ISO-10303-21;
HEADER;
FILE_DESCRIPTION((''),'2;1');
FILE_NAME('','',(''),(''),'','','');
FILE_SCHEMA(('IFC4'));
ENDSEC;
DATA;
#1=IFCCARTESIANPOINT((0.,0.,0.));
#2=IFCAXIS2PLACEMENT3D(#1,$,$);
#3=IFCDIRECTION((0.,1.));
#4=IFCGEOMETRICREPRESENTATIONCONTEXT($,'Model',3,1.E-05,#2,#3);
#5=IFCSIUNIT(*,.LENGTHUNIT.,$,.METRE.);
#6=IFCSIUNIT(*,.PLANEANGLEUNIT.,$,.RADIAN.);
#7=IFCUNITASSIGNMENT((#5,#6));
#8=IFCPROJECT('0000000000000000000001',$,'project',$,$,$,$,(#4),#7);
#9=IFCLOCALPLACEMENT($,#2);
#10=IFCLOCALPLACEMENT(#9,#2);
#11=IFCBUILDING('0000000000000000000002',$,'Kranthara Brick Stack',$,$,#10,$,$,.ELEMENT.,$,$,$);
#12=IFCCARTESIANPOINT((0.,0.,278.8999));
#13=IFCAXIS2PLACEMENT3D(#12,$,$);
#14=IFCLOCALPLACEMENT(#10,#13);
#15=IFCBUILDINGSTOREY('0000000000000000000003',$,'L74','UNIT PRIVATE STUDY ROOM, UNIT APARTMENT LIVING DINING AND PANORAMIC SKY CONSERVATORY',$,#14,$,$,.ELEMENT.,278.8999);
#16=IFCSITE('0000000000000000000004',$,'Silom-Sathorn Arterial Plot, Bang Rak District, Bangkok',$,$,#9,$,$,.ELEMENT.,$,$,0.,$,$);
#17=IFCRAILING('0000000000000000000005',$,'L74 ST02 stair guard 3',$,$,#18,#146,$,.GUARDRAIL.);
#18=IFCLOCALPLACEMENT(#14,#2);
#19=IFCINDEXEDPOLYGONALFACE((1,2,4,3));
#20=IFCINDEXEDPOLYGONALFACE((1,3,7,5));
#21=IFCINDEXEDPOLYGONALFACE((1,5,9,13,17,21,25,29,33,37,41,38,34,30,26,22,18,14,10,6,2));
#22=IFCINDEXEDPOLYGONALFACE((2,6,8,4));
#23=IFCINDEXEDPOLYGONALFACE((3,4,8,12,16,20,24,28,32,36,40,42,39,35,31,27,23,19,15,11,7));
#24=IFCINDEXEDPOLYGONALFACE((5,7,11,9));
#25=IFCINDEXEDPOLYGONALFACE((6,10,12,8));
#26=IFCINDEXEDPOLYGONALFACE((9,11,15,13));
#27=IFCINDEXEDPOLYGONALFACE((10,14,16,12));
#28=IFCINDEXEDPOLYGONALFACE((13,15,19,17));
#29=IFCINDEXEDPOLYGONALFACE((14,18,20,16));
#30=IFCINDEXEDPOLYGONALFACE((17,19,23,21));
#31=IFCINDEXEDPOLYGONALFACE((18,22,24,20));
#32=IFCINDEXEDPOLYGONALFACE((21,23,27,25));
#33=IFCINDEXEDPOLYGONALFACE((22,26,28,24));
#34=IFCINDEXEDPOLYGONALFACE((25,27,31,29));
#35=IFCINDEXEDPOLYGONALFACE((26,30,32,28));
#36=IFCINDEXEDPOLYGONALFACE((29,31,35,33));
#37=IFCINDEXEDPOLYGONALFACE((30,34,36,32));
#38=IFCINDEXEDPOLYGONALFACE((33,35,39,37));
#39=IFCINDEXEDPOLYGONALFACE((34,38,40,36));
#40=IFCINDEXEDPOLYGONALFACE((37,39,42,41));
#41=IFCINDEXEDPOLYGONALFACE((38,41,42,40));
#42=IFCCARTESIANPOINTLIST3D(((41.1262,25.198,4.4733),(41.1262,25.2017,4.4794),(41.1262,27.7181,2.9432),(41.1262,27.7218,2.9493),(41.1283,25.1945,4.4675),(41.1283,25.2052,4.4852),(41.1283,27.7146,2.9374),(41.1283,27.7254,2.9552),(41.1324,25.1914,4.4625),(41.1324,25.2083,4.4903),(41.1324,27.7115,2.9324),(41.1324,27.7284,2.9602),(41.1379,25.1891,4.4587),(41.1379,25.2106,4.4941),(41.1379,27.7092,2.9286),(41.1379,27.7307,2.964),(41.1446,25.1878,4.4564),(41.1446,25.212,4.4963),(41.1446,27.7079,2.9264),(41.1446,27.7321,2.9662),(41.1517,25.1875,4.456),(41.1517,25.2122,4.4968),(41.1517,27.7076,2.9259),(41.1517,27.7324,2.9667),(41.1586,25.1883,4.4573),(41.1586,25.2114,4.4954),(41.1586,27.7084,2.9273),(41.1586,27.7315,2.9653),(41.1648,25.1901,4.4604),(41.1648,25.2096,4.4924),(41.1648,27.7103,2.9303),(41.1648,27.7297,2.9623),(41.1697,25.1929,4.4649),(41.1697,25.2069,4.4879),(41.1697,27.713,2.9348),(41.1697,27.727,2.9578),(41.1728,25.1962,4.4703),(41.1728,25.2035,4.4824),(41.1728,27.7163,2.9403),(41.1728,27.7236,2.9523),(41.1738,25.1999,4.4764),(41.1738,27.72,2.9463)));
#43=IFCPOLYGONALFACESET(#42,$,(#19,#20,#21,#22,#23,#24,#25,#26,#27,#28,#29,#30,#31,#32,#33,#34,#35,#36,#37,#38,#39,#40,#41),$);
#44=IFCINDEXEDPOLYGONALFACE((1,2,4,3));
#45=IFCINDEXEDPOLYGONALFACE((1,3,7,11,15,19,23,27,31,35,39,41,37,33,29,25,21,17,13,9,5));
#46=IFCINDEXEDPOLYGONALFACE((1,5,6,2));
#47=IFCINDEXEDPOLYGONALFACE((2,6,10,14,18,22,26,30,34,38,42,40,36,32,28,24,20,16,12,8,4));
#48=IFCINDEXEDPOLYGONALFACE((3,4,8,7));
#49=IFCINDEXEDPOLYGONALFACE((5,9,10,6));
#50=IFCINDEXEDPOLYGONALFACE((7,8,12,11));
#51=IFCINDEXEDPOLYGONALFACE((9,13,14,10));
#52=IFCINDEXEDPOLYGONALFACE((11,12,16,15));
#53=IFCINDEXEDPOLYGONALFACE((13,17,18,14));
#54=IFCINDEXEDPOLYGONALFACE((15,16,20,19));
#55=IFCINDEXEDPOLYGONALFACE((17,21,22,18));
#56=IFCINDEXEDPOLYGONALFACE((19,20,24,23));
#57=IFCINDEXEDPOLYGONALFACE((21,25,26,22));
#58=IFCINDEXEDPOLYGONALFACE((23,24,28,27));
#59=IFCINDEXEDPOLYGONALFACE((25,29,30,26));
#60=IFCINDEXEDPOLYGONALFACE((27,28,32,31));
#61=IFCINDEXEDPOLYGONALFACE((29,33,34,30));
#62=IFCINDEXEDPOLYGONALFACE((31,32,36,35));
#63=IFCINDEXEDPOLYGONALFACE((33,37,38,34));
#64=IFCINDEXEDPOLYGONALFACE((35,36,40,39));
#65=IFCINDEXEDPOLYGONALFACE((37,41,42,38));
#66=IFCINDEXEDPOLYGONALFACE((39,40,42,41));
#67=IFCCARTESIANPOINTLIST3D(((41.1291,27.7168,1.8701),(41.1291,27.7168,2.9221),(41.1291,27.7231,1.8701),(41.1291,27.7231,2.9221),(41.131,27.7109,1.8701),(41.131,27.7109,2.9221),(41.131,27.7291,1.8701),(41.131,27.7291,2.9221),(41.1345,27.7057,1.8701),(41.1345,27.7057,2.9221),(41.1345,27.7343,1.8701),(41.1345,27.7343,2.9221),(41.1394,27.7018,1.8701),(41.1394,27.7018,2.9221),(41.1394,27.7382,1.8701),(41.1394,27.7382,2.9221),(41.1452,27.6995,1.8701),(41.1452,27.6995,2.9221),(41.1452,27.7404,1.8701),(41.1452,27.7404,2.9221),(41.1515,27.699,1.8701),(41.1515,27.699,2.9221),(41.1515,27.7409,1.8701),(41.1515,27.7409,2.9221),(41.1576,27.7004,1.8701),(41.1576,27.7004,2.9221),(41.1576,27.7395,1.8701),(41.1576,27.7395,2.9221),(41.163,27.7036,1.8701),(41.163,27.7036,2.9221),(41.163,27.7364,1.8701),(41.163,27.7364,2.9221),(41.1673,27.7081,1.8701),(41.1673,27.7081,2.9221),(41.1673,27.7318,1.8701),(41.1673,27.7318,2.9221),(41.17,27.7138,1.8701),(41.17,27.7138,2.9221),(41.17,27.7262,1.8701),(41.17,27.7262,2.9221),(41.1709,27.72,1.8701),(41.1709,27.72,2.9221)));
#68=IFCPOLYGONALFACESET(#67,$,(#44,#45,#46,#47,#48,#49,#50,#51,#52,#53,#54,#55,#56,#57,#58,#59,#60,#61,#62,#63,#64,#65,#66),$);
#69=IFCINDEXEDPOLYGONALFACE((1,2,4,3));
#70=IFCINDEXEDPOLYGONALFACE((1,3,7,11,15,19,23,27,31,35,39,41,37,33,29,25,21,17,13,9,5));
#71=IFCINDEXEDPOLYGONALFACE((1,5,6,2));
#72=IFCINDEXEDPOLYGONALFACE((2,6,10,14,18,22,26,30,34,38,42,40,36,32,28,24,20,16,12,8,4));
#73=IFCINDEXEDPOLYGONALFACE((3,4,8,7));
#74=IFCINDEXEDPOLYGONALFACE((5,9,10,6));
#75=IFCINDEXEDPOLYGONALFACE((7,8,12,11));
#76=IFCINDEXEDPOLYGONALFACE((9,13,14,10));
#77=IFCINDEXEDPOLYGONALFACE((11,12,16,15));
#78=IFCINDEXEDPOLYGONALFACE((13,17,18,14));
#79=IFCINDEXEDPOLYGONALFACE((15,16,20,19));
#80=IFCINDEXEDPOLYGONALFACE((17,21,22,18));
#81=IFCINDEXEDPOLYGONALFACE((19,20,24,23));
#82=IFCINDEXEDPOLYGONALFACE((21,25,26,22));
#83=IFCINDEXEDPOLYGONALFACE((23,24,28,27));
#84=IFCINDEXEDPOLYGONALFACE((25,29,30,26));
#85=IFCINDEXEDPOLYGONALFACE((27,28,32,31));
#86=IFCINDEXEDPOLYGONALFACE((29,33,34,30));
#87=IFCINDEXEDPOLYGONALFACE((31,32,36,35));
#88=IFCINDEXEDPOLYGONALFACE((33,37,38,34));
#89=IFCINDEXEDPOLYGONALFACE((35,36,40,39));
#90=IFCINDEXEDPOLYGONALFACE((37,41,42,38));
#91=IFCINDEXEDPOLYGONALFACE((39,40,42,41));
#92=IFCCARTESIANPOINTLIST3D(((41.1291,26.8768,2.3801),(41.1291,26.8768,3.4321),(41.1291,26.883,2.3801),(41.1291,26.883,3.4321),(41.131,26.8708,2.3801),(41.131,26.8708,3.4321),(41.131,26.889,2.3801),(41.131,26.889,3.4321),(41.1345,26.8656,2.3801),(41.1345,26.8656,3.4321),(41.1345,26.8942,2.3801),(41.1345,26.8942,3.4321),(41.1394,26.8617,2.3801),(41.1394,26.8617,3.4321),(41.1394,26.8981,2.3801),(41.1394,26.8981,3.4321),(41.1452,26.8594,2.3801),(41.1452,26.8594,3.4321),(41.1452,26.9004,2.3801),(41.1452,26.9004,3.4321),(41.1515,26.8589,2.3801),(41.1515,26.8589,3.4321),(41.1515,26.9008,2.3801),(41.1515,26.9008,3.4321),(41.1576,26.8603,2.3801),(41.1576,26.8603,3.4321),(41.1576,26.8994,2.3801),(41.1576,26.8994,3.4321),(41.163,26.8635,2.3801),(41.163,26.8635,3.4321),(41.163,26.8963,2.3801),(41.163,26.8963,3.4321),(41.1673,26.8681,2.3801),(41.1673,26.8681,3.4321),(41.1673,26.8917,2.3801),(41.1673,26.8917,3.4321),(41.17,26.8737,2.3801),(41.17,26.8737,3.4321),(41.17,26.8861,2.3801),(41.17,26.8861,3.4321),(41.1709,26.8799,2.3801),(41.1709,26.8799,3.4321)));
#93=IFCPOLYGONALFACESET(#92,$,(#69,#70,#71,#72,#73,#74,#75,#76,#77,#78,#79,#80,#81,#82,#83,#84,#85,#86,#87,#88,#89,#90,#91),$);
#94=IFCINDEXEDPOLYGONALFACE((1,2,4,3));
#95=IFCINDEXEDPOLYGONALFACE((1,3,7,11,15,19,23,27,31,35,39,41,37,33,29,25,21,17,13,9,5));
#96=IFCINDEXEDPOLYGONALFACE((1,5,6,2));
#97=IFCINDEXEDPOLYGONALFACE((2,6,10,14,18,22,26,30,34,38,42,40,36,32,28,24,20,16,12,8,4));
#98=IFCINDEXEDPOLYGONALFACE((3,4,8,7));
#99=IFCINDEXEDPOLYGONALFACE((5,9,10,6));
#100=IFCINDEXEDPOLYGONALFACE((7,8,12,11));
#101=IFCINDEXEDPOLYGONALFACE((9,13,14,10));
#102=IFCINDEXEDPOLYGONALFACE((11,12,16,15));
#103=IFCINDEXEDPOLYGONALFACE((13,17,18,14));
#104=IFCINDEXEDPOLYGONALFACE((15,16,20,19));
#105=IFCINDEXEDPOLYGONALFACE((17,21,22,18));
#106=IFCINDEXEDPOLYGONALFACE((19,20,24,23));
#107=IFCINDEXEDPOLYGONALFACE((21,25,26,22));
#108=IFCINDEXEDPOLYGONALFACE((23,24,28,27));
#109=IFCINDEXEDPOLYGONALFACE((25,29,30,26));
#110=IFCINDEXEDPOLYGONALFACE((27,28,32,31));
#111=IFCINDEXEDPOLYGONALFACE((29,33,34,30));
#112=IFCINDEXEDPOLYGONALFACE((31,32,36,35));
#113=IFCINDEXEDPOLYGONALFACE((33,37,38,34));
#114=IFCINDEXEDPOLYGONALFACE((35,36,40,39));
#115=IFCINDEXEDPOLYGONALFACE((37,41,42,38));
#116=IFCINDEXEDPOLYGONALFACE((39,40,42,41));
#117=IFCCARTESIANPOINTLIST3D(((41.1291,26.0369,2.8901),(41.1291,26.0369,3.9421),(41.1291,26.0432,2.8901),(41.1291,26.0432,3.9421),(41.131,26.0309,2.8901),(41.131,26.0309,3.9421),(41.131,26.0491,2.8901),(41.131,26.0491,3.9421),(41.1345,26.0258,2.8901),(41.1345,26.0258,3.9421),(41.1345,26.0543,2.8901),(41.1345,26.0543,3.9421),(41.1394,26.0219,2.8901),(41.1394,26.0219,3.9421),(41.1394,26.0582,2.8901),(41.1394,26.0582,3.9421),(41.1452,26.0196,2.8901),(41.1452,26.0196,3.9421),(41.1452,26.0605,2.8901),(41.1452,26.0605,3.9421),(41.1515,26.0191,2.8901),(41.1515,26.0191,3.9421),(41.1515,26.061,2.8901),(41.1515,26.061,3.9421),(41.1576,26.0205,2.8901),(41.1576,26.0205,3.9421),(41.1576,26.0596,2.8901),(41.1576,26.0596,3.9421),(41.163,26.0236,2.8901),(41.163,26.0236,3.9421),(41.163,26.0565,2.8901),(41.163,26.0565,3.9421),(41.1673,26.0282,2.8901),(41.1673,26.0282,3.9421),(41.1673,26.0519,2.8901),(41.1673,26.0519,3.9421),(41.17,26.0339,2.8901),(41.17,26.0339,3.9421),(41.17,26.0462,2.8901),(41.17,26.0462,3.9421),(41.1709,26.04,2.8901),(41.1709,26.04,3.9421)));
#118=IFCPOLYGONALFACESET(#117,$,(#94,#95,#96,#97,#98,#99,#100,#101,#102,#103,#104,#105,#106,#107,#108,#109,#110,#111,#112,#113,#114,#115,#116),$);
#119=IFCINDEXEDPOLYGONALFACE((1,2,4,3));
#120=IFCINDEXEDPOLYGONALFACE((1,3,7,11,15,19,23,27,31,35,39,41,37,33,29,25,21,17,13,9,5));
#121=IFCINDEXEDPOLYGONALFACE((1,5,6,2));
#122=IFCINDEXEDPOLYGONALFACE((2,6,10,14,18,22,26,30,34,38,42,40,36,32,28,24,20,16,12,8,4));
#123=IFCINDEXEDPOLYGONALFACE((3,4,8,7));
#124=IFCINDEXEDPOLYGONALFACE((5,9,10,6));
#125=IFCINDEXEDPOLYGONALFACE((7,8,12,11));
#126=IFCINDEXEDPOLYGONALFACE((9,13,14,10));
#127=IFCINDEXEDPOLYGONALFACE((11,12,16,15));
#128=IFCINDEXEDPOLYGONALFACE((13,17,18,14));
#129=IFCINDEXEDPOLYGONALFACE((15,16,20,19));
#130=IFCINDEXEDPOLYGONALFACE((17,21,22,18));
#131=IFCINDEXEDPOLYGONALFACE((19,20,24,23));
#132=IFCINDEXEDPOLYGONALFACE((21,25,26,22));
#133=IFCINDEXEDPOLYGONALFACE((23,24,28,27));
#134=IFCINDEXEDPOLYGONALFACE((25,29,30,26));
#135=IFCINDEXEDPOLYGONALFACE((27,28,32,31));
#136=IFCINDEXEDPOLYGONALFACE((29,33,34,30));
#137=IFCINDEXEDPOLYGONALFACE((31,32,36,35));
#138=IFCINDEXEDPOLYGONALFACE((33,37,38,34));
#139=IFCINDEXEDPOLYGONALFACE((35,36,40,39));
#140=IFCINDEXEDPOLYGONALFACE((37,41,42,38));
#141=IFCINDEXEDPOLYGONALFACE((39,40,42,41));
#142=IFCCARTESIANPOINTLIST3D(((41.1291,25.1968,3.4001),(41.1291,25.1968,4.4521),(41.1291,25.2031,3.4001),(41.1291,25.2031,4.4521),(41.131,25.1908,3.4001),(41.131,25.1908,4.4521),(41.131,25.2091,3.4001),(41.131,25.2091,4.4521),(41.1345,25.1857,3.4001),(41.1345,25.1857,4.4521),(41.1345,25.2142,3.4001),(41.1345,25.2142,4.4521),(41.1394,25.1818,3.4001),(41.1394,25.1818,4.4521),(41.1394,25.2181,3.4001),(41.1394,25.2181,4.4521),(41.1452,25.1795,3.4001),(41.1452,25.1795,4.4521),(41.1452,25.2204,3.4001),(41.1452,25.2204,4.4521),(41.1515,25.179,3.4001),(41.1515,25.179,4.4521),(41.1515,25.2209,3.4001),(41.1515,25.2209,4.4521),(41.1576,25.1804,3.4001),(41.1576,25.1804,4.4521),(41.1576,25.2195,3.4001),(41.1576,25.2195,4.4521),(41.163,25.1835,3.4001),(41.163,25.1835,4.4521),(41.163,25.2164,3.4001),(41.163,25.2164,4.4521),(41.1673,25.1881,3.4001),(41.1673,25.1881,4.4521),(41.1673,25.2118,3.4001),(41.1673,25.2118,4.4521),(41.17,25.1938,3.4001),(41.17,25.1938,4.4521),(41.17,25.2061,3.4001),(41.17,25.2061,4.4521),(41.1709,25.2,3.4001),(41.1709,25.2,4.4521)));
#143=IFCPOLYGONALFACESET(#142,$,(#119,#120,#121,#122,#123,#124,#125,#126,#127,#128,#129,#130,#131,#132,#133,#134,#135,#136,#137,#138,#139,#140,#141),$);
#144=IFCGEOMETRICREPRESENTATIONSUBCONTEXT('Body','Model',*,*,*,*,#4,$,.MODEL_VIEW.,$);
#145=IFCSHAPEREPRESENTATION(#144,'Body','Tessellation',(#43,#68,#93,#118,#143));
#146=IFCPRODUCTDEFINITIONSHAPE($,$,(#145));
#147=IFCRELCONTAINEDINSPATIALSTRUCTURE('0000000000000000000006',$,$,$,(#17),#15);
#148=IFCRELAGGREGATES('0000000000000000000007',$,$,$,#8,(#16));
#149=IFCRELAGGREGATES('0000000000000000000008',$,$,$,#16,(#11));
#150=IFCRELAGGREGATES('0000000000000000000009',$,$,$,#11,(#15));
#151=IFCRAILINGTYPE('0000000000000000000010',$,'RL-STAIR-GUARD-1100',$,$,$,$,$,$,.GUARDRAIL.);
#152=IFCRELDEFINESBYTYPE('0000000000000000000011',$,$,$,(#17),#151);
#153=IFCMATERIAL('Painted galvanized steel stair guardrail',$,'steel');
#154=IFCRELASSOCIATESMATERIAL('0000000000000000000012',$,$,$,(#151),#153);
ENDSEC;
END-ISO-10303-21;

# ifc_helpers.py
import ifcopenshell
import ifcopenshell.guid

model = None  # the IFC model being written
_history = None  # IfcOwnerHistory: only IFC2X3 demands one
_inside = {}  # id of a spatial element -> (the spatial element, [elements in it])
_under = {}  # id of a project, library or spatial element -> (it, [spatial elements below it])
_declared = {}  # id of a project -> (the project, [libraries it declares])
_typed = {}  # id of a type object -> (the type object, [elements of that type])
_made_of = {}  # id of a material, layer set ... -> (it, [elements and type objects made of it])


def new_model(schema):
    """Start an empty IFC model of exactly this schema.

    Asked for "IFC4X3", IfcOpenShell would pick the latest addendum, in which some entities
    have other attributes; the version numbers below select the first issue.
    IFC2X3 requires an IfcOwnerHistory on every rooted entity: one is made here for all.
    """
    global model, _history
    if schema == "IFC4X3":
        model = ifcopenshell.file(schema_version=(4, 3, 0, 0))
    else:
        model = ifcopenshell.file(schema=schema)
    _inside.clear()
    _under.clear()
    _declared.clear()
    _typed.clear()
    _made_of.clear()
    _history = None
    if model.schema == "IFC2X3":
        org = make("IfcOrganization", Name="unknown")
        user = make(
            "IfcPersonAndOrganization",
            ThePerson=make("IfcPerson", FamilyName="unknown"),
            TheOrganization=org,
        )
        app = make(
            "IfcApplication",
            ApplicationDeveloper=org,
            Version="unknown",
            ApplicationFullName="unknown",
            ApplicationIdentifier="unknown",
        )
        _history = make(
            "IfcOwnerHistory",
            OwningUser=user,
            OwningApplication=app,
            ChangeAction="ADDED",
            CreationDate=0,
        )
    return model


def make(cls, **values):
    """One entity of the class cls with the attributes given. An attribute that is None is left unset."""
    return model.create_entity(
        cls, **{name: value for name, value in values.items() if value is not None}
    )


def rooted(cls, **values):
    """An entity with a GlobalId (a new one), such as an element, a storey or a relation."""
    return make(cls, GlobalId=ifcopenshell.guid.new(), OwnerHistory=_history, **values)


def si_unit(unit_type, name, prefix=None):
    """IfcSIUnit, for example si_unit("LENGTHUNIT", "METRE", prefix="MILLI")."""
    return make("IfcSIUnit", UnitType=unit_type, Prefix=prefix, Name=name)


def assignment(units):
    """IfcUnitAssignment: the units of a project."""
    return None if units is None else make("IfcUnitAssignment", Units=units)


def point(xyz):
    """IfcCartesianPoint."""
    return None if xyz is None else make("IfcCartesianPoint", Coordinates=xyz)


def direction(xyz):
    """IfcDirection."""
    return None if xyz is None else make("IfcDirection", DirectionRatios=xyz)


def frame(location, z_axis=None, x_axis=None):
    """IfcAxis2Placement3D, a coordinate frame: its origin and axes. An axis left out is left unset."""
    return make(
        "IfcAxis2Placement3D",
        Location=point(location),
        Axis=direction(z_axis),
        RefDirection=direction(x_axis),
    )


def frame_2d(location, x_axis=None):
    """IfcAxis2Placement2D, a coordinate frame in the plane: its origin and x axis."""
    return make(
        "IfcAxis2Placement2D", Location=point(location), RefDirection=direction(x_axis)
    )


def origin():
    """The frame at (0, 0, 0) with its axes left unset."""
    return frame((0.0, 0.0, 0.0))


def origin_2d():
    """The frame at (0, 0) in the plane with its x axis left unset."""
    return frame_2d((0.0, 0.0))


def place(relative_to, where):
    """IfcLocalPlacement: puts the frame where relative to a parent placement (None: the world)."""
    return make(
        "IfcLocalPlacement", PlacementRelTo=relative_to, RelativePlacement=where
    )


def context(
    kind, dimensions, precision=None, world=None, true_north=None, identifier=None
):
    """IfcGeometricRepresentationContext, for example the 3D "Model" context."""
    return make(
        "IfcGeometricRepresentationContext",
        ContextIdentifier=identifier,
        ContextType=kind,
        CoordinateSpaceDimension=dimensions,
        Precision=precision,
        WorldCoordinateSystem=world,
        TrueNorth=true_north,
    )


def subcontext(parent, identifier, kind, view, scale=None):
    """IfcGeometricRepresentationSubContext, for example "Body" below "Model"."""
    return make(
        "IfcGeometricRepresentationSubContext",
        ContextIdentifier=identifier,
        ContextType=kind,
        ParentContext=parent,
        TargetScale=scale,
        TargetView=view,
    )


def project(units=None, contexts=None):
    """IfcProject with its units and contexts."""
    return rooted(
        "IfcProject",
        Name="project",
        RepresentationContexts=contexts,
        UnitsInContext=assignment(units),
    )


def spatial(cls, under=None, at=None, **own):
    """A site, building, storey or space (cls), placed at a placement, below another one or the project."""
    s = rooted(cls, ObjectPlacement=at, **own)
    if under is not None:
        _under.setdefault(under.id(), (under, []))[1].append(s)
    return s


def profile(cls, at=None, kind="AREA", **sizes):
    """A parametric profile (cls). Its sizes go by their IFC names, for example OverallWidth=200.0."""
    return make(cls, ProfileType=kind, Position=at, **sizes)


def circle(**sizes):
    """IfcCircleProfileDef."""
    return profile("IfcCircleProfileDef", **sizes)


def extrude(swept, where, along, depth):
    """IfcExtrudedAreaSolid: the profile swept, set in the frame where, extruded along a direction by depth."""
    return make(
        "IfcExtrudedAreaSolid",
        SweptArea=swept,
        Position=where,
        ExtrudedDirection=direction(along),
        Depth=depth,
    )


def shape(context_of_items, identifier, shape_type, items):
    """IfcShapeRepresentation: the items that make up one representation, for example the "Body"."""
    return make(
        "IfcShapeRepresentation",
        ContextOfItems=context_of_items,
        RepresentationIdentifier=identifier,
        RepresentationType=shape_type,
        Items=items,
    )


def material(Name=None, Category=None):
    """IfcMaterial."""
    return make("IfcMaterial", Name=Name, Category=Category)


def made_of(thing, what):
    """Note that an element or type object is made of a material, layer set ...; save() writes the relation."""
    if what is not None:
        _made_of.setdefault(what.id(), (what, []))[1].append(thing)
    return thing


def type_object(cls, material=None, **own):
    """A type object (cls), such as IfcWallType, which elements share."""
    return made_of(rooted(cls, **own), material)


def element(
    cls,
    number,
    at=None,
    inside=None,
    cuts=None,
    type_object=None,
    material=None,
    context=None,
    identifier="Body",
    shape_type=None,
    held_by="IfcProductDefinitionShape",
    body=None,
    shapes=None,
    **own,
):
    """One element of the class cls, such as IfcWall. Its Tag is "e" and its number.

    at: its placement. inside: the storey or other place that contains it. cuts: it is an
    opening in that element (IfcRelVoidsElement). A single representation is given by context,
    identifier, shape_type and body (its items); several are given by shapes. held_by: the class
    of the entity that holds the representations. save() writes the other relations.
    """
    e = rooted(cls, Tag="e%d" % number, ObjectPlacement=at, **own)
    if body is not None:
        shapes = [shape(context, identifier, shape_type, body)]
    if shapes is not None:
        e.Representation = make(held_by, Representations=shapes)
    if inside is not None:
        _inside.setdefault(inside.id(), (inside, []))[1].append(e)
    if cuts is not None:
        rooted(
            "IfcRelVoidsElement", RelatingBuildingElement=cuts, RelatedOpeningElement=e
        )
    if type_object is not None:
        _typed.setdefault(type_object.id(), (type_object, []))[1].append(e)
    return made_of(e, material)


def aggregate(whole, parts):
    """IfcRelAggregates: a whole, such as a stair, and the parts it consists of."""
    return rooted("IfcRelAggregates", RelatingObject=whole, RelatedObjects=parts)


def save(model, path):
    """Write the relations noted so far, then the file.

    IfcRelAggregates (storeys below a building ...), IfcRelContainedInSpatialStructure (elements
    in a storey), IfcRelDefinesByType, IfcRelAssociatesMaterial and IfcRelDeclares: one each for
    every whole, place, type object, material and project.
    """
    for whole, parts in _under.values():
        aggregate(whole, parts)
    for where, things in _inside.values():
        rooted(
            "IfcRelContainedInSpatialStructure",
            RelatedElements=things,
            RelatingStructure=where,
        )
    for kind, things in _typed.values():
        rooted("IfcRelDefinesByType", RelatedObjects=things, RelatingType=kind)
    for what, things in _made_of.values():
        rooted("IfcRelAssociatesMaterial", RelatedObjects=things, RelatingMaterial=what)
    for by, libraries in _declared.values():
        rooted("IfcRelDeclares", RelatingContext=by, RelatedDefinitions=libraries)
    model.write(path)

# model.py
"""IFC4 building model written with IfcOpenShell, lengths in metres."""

from ifc_helpers import new_model, si_unit, direction, frame, origin, origin_2d, place, context, subcontext, project, spatial, circle, extrude, material, type_object, element, save


model = new_model("IFC4")

# Units and contexts
model_context = context("Model", 3, precision=1e-05, world=origin(), true_north=direction((0.0, 1.0)))
body_context = subcontext(model_context, "Body", "Model", "MODEL_VIEW")
ifc_project = project(units=[si_unit("LENGTHUNIT", "METRE"), si_unit("PLANEANGLEUNIT", "RADIAN")], contexts=[model_context])

# Site, building, storey
site_placement = place(None, origin())
site = spatial("IfcSite", under=ifc_project, at=site_placement, Name="Silom-Sathorn Arterial Plot, Bang Rak District, Bangkok", CompositionType="ELEMENT", RefElevation=0.0)
building_placement = place(site_placement, origin())
building = spatial("IfcBuilding", under=site, at=building_placement, Name="Kranthara Brick Stack", CompositionType="ELEMENT")
storey_placement = place(building_placement, frame((0.0, 0.0, 278.8999)))
storey = spatial("IfcBuildingStorey", under=building, at=storey_placement, Name="L74", Description="UNIT PRIVATE STUDY ROOM, UNIT APARTMENT LIVING DINING AND PANORAMIC SKY CONSERVATORY", CompositionType="ELEMENT", Elevation=278.8999)

# Railing
ifc_material_1 = material(Name="Painted galvanized steel stair guardrail", Category="steel")
railing_type_1 = type_object("IfcRailingType", Name="RL-STAIR-GUARD-1100", PredefinedType="GUARDRAIL", material=ifc_material_1)
railing_1_placement = place(storey_placement, frame((41.1499, 27.72, 1.8701)))
element("IfcRailing", 1, at=railing_1_placement, inside=storey, type_object=railing_type_1, Name="L74 ST02 stair guard 3", PredefinedType="GUARDRAIL", context=body_context, shape_type="SweptSolid", body=[
    extrude(circle(Radius=0.0239, at=origin_2d()), frame((0.0, 0.0, 1.0762), z_axis=(0.0, -0.854785, 0.518982), x_axis=(1.0, 0.0, 0.0)), (0.0, 0.0, 1.0), 2.9482),
    extrude(circle(Radius=0.021, at=origin_2d()), origin(), (0.0, 0.0, 1.0), 1.052),
    extrude(circle(Radius=0.021, at=origin_2d()), frame((0.0, -0.8401, 0.51)), (0.0, 0.0, 1.0), 1.052),
    extrude(circle(Radius=0.021, at=origin_2d()), frame((0.0, -1.6799, 1.02)), (0.0, 0.0, 1.0), 1.052),
    extrude(circle(Radius=0.021, at=origin_2d()), frame((0.0, -2.52, 1.53)), (0.0, 0.0, 1.0), 1.052),
])

save(model, "model.ifc")
